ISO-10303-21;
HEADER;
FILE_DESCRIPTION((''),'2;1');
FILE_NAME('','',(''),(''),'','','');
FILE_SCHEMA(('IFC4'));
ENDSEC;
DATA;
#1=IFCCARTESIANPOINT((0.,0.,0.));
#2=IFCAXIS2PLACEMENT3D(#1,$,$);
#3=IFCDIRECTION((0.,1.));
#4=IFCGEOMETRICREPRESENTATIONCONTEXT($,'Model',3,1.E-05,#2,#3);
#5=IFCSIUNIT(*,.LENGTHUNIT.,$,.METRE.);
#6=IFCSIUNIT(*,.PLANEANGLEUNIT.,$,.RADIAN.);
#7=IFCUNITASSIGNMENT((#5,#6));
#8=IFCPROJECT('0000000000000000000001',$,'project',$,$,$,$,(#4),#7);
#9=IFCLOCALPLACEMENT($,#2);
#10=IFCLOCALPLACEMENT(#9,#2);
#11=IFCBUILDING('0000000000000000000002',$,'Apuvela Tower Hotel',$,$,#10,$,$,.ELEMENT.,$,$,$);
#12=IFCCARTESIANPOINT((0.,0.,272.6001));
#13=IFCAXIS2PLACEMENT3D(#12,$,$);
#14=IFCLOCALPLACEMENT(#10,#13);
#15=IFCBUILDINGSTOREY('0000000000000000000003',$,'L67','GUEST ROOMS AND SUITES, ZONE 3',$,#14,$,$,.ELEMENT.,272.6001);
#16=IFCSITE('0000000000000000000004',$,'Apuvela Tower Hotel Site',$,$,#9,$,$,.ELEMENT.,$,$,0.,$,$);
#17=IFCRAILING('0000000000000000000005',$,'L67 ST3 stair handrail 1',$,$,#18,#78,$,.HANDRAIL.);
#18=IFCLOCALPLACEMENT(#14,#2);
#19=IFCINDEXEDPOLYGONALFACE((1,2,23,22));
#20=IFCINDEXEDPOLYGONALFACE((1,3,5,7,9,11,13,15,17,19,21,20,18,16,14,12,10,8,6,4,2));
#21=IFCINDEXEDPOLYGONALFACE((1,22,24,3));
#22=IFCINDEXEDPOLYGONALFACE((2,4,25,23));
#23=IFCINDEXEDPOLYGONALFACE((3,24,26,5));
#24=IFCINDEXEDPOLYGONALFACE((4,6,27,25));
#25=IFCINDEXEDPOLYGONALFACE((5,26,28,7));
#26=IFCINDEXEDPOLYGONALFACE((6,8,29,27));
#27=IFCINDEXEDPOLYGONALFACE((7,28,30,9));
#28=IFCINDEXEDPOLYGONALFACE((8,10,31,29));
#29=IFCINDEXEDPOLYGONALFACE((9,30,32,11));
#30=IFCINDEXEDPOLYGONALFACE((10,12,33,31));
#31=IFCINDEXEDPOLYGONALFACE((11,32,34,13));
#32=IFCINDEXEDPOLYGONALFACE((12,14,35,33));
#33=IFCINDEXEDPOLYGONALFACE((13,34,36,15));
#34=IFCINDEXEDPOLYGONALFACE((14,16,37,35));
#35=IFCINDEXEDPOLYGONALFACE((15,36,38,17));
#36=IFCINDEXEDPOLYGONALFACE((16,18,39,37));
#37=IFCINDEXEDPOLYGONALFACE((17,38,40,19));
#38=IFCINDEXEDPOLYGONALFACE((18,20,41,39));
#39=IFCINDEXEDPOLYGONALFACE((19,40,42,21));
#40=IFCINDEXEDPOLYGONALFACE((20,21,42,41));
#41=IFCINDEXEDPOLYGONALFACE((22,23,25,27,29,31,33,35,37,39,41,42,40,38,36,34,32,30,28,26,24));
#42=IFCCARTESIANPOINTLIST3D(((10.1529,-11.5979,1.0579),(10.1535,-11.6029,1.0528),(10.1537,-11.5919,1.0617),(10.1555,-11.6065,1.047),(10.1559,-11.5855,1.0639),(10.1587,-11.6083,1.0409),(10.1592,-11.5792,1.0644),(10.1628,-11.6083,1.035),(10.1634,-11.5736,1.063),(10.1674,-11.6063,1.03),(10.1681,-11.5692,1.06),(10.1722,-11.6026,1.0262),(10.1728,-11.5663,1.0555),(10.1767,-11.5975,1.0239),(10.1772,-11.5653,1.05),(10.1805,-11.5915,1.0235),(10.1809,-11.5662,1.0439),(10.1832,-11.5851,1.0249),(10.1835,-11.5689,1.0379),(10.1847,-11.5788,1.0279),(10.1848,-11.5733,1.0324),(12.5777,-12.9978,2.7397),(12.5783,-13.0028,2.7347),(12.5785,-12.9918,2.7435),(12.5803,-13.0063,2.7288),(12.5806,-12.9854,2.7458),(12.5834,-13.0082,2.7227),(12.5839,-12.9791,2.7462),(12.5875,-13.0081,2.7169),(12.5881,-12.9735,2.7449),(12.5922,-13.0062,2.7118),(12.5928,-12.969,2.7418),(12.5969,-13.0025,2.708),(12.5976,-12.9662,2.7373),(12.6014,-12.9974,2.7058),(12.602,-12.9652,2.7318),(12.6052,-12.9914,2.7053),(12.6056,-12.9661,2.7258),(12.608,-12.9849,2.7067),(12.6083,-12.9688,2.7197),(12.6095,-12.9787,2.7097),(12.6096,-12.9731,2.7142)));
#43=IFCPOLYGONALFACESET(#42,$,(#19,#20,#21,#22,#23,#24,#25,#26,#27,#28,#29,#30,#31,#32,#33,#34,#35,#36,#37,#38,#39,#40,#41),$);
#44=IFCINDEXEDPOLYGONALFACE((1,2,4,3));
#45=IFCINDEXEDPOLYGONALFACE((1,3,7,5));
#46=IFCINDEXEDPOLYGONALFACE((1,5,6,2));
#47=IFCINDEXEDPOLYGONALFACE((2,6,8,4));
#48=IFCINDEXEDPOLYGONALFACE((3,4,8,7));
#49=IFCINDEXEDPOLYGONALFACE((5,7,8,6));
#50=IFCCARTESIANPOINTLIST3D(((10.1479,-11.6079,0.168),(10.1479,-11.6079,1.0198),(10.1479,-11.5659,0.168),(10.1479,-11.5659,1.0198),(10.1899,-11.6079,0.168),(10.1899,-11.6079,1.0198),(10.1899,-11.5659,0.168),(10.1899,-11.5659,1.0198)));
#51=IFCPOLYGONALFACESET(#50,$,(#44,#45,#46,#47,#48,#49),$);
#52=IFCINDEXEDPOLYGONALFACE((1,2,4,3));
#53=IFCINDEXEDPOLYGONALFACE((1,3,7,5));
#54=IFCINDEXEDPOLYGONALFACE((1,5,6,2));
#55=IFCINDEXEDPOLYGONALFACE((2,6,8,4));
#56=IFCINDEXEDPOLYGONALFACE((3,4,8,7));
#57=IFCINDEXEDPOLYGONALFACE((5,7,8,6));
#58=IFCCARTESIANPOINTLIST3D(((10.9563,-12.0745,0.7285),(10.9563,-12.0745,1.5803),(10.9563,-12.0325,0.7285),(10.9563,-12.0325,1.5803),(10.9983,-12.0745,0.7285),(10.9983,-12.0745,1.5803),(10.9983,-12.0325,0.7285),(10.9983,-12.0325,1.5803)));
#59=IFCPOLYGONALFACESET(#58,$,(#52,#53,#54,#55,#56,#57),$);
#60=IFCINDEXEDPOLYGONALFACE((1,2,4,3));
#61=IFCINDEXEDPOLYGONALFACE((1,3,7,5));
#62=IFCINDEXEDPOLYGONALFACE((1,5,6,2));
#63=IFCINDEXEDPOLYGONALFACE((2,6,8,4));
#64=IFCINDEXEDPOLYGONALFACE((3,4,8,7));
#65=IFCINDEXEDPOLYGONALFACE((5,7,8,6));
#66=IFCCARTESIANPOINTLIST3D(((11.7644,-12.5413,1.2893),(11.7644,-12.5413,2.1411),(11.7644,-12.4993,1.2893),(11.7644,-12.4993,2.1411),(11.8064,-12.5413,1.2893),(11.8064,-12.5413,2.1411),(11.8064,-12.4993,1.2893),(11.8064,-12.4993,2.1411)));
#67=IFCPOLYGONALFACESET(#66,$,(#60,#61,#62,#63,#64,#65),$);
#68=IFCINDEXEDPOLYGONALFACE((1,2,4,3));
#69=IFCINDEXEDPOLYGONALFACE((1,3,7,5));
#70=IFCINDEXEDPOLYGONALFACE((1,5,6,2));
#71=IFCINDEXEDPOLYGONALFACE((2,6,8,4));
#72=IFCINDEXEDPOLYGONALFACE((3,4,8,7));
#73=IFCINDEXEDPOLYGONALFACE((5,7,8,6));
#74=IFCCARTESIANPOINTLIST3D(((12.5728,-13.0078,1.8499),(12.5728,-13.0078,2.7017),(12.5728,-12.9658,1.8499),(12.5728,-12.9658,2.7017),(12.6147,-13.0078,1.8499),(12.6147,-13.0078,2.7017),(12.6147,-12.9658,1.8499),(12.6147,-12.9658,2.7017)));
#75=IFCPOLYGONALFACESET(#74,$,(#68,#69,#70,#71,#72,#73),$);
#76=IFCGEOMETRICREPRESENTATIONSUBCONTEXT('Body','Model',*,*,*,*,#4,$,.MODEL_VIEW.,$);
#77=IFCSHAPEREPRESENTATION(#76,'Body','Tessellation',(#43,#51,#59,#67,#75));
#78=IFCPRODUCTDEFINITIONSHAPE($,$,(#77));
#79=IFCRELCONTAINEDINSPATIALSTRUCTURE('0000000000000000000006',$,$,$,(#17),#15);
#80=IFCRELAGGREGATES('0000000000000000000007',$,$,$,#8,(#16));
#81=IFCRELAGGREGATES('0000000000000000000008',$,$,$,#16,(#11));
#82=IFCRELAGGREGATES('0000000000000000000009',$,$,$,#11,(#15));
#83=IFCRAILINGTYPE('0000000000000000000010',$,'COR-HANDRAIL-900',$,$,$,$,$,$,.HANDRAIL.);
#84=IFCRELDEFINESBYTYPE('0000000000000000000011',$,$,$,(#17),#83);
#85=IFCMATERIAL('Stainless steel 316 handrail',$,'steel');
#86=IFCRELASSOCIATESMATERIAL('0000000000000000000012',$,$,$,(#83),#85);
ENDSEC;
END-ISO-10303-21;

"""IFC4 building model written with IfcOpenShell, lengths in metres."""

from ifc_helpers import new_model, si_unit, direction, frame, origin, origin_2d, place, context, subcontext, project, spatial, rectangle, circle, extrude, material, type_object, element, save


model = new_model("IFC4")

# Units and contexts
model_context = context("Model", 3, precision=1e-05, world=origin(), true_north=direction((0.0, 1.0)))
body_context = subcontext(model_context, "Body", "Model", "MODEL_VIEW")
ifc_project = project(units=[si_unit("LENGTHUNIT", "METRE"), si_unit("PLANEANGLEUNIT", "RADIAN")], contexts=[model_context])

# Site, building, storey
site_placement = place(None, origin())
site = spatial("IfcSite", under=ifc_project, at=site_placement, Name="Apuvela Tower Hotel Site", CompositionType="ELEMENT", RefElevation=0.0)
building_placement = place(site_placement, origin())
building = spatial("IfcBuilding", under=site, at=building_placement, Name="Apuvela Tower Hotel", CompositionType="ELEMENT")
storey_placement = place(building_placement, frame((0.0, 0.0, 272.6001)))
storey = spatial("IfcBuildingStorey", under=building, at=storey_placement, Name="L67", Description="GUEST ROOMS AND SUITES, ZONE 3", CompositionType="ELEMENT", Elevation=272.6001)

# Railing
ifc_material_1 = material(Name="Stainless steel 316 handrail", Category="steel")
railing_type_1 = type_object("IfcRailingType", Name="COR-HANDRAIL-900", PredefinedType="HANDRAIL", material=ifc_material_1)
railing_1_placement = place(storey_placement, frame((10.1689, -11.5869, 0.168)))
element("IfcRailing", 1, at=railing_1_placement, inside=storey, type_object=railing_type_1, Name="L67 ST3 stair handrail 1", PredefinedType="HANDRAIL", context=body_context, shape_type="SweptSolid", body=[
    extrude(circle(Radius=0.0239, at=origin_2d()), frame((0.0, 0.0, 0.876), z_axis=(0.74239, -0.428601, 0.514934), x_axis=(0.499984, 0.866035, 0.0)), (0.0, 0.0, 1.0), 3.2661),
    extrude(rectangle(XDim=0.042, YDim=0.042, at=origin_2d()), origin(), (0.0, 0.0, 1.0), 0.8518),
    extrude(rectangle(XDim=0.042, YDim=0.042, at=origin_2d()), frame((0.8083, -0.4666, 0.5605)), (0.0, 0.0, 1.0), 0.8518),
    extrude(rectangle(XDim=0.042, YDim=0.042, at=origin_2d()), frame((1.6165, -0.9333, 1.1213)), (0.0, 0.0, 1.0), 0.8518),
    extrude(rectangle(XDim=0.042, YDim=0.042, at=origin_2d()), frame((2.4248, -1.3999, 1.6819)), (0.0, 0.0, 1.0), 0.8518),
])

save(model, "model.ifc")
